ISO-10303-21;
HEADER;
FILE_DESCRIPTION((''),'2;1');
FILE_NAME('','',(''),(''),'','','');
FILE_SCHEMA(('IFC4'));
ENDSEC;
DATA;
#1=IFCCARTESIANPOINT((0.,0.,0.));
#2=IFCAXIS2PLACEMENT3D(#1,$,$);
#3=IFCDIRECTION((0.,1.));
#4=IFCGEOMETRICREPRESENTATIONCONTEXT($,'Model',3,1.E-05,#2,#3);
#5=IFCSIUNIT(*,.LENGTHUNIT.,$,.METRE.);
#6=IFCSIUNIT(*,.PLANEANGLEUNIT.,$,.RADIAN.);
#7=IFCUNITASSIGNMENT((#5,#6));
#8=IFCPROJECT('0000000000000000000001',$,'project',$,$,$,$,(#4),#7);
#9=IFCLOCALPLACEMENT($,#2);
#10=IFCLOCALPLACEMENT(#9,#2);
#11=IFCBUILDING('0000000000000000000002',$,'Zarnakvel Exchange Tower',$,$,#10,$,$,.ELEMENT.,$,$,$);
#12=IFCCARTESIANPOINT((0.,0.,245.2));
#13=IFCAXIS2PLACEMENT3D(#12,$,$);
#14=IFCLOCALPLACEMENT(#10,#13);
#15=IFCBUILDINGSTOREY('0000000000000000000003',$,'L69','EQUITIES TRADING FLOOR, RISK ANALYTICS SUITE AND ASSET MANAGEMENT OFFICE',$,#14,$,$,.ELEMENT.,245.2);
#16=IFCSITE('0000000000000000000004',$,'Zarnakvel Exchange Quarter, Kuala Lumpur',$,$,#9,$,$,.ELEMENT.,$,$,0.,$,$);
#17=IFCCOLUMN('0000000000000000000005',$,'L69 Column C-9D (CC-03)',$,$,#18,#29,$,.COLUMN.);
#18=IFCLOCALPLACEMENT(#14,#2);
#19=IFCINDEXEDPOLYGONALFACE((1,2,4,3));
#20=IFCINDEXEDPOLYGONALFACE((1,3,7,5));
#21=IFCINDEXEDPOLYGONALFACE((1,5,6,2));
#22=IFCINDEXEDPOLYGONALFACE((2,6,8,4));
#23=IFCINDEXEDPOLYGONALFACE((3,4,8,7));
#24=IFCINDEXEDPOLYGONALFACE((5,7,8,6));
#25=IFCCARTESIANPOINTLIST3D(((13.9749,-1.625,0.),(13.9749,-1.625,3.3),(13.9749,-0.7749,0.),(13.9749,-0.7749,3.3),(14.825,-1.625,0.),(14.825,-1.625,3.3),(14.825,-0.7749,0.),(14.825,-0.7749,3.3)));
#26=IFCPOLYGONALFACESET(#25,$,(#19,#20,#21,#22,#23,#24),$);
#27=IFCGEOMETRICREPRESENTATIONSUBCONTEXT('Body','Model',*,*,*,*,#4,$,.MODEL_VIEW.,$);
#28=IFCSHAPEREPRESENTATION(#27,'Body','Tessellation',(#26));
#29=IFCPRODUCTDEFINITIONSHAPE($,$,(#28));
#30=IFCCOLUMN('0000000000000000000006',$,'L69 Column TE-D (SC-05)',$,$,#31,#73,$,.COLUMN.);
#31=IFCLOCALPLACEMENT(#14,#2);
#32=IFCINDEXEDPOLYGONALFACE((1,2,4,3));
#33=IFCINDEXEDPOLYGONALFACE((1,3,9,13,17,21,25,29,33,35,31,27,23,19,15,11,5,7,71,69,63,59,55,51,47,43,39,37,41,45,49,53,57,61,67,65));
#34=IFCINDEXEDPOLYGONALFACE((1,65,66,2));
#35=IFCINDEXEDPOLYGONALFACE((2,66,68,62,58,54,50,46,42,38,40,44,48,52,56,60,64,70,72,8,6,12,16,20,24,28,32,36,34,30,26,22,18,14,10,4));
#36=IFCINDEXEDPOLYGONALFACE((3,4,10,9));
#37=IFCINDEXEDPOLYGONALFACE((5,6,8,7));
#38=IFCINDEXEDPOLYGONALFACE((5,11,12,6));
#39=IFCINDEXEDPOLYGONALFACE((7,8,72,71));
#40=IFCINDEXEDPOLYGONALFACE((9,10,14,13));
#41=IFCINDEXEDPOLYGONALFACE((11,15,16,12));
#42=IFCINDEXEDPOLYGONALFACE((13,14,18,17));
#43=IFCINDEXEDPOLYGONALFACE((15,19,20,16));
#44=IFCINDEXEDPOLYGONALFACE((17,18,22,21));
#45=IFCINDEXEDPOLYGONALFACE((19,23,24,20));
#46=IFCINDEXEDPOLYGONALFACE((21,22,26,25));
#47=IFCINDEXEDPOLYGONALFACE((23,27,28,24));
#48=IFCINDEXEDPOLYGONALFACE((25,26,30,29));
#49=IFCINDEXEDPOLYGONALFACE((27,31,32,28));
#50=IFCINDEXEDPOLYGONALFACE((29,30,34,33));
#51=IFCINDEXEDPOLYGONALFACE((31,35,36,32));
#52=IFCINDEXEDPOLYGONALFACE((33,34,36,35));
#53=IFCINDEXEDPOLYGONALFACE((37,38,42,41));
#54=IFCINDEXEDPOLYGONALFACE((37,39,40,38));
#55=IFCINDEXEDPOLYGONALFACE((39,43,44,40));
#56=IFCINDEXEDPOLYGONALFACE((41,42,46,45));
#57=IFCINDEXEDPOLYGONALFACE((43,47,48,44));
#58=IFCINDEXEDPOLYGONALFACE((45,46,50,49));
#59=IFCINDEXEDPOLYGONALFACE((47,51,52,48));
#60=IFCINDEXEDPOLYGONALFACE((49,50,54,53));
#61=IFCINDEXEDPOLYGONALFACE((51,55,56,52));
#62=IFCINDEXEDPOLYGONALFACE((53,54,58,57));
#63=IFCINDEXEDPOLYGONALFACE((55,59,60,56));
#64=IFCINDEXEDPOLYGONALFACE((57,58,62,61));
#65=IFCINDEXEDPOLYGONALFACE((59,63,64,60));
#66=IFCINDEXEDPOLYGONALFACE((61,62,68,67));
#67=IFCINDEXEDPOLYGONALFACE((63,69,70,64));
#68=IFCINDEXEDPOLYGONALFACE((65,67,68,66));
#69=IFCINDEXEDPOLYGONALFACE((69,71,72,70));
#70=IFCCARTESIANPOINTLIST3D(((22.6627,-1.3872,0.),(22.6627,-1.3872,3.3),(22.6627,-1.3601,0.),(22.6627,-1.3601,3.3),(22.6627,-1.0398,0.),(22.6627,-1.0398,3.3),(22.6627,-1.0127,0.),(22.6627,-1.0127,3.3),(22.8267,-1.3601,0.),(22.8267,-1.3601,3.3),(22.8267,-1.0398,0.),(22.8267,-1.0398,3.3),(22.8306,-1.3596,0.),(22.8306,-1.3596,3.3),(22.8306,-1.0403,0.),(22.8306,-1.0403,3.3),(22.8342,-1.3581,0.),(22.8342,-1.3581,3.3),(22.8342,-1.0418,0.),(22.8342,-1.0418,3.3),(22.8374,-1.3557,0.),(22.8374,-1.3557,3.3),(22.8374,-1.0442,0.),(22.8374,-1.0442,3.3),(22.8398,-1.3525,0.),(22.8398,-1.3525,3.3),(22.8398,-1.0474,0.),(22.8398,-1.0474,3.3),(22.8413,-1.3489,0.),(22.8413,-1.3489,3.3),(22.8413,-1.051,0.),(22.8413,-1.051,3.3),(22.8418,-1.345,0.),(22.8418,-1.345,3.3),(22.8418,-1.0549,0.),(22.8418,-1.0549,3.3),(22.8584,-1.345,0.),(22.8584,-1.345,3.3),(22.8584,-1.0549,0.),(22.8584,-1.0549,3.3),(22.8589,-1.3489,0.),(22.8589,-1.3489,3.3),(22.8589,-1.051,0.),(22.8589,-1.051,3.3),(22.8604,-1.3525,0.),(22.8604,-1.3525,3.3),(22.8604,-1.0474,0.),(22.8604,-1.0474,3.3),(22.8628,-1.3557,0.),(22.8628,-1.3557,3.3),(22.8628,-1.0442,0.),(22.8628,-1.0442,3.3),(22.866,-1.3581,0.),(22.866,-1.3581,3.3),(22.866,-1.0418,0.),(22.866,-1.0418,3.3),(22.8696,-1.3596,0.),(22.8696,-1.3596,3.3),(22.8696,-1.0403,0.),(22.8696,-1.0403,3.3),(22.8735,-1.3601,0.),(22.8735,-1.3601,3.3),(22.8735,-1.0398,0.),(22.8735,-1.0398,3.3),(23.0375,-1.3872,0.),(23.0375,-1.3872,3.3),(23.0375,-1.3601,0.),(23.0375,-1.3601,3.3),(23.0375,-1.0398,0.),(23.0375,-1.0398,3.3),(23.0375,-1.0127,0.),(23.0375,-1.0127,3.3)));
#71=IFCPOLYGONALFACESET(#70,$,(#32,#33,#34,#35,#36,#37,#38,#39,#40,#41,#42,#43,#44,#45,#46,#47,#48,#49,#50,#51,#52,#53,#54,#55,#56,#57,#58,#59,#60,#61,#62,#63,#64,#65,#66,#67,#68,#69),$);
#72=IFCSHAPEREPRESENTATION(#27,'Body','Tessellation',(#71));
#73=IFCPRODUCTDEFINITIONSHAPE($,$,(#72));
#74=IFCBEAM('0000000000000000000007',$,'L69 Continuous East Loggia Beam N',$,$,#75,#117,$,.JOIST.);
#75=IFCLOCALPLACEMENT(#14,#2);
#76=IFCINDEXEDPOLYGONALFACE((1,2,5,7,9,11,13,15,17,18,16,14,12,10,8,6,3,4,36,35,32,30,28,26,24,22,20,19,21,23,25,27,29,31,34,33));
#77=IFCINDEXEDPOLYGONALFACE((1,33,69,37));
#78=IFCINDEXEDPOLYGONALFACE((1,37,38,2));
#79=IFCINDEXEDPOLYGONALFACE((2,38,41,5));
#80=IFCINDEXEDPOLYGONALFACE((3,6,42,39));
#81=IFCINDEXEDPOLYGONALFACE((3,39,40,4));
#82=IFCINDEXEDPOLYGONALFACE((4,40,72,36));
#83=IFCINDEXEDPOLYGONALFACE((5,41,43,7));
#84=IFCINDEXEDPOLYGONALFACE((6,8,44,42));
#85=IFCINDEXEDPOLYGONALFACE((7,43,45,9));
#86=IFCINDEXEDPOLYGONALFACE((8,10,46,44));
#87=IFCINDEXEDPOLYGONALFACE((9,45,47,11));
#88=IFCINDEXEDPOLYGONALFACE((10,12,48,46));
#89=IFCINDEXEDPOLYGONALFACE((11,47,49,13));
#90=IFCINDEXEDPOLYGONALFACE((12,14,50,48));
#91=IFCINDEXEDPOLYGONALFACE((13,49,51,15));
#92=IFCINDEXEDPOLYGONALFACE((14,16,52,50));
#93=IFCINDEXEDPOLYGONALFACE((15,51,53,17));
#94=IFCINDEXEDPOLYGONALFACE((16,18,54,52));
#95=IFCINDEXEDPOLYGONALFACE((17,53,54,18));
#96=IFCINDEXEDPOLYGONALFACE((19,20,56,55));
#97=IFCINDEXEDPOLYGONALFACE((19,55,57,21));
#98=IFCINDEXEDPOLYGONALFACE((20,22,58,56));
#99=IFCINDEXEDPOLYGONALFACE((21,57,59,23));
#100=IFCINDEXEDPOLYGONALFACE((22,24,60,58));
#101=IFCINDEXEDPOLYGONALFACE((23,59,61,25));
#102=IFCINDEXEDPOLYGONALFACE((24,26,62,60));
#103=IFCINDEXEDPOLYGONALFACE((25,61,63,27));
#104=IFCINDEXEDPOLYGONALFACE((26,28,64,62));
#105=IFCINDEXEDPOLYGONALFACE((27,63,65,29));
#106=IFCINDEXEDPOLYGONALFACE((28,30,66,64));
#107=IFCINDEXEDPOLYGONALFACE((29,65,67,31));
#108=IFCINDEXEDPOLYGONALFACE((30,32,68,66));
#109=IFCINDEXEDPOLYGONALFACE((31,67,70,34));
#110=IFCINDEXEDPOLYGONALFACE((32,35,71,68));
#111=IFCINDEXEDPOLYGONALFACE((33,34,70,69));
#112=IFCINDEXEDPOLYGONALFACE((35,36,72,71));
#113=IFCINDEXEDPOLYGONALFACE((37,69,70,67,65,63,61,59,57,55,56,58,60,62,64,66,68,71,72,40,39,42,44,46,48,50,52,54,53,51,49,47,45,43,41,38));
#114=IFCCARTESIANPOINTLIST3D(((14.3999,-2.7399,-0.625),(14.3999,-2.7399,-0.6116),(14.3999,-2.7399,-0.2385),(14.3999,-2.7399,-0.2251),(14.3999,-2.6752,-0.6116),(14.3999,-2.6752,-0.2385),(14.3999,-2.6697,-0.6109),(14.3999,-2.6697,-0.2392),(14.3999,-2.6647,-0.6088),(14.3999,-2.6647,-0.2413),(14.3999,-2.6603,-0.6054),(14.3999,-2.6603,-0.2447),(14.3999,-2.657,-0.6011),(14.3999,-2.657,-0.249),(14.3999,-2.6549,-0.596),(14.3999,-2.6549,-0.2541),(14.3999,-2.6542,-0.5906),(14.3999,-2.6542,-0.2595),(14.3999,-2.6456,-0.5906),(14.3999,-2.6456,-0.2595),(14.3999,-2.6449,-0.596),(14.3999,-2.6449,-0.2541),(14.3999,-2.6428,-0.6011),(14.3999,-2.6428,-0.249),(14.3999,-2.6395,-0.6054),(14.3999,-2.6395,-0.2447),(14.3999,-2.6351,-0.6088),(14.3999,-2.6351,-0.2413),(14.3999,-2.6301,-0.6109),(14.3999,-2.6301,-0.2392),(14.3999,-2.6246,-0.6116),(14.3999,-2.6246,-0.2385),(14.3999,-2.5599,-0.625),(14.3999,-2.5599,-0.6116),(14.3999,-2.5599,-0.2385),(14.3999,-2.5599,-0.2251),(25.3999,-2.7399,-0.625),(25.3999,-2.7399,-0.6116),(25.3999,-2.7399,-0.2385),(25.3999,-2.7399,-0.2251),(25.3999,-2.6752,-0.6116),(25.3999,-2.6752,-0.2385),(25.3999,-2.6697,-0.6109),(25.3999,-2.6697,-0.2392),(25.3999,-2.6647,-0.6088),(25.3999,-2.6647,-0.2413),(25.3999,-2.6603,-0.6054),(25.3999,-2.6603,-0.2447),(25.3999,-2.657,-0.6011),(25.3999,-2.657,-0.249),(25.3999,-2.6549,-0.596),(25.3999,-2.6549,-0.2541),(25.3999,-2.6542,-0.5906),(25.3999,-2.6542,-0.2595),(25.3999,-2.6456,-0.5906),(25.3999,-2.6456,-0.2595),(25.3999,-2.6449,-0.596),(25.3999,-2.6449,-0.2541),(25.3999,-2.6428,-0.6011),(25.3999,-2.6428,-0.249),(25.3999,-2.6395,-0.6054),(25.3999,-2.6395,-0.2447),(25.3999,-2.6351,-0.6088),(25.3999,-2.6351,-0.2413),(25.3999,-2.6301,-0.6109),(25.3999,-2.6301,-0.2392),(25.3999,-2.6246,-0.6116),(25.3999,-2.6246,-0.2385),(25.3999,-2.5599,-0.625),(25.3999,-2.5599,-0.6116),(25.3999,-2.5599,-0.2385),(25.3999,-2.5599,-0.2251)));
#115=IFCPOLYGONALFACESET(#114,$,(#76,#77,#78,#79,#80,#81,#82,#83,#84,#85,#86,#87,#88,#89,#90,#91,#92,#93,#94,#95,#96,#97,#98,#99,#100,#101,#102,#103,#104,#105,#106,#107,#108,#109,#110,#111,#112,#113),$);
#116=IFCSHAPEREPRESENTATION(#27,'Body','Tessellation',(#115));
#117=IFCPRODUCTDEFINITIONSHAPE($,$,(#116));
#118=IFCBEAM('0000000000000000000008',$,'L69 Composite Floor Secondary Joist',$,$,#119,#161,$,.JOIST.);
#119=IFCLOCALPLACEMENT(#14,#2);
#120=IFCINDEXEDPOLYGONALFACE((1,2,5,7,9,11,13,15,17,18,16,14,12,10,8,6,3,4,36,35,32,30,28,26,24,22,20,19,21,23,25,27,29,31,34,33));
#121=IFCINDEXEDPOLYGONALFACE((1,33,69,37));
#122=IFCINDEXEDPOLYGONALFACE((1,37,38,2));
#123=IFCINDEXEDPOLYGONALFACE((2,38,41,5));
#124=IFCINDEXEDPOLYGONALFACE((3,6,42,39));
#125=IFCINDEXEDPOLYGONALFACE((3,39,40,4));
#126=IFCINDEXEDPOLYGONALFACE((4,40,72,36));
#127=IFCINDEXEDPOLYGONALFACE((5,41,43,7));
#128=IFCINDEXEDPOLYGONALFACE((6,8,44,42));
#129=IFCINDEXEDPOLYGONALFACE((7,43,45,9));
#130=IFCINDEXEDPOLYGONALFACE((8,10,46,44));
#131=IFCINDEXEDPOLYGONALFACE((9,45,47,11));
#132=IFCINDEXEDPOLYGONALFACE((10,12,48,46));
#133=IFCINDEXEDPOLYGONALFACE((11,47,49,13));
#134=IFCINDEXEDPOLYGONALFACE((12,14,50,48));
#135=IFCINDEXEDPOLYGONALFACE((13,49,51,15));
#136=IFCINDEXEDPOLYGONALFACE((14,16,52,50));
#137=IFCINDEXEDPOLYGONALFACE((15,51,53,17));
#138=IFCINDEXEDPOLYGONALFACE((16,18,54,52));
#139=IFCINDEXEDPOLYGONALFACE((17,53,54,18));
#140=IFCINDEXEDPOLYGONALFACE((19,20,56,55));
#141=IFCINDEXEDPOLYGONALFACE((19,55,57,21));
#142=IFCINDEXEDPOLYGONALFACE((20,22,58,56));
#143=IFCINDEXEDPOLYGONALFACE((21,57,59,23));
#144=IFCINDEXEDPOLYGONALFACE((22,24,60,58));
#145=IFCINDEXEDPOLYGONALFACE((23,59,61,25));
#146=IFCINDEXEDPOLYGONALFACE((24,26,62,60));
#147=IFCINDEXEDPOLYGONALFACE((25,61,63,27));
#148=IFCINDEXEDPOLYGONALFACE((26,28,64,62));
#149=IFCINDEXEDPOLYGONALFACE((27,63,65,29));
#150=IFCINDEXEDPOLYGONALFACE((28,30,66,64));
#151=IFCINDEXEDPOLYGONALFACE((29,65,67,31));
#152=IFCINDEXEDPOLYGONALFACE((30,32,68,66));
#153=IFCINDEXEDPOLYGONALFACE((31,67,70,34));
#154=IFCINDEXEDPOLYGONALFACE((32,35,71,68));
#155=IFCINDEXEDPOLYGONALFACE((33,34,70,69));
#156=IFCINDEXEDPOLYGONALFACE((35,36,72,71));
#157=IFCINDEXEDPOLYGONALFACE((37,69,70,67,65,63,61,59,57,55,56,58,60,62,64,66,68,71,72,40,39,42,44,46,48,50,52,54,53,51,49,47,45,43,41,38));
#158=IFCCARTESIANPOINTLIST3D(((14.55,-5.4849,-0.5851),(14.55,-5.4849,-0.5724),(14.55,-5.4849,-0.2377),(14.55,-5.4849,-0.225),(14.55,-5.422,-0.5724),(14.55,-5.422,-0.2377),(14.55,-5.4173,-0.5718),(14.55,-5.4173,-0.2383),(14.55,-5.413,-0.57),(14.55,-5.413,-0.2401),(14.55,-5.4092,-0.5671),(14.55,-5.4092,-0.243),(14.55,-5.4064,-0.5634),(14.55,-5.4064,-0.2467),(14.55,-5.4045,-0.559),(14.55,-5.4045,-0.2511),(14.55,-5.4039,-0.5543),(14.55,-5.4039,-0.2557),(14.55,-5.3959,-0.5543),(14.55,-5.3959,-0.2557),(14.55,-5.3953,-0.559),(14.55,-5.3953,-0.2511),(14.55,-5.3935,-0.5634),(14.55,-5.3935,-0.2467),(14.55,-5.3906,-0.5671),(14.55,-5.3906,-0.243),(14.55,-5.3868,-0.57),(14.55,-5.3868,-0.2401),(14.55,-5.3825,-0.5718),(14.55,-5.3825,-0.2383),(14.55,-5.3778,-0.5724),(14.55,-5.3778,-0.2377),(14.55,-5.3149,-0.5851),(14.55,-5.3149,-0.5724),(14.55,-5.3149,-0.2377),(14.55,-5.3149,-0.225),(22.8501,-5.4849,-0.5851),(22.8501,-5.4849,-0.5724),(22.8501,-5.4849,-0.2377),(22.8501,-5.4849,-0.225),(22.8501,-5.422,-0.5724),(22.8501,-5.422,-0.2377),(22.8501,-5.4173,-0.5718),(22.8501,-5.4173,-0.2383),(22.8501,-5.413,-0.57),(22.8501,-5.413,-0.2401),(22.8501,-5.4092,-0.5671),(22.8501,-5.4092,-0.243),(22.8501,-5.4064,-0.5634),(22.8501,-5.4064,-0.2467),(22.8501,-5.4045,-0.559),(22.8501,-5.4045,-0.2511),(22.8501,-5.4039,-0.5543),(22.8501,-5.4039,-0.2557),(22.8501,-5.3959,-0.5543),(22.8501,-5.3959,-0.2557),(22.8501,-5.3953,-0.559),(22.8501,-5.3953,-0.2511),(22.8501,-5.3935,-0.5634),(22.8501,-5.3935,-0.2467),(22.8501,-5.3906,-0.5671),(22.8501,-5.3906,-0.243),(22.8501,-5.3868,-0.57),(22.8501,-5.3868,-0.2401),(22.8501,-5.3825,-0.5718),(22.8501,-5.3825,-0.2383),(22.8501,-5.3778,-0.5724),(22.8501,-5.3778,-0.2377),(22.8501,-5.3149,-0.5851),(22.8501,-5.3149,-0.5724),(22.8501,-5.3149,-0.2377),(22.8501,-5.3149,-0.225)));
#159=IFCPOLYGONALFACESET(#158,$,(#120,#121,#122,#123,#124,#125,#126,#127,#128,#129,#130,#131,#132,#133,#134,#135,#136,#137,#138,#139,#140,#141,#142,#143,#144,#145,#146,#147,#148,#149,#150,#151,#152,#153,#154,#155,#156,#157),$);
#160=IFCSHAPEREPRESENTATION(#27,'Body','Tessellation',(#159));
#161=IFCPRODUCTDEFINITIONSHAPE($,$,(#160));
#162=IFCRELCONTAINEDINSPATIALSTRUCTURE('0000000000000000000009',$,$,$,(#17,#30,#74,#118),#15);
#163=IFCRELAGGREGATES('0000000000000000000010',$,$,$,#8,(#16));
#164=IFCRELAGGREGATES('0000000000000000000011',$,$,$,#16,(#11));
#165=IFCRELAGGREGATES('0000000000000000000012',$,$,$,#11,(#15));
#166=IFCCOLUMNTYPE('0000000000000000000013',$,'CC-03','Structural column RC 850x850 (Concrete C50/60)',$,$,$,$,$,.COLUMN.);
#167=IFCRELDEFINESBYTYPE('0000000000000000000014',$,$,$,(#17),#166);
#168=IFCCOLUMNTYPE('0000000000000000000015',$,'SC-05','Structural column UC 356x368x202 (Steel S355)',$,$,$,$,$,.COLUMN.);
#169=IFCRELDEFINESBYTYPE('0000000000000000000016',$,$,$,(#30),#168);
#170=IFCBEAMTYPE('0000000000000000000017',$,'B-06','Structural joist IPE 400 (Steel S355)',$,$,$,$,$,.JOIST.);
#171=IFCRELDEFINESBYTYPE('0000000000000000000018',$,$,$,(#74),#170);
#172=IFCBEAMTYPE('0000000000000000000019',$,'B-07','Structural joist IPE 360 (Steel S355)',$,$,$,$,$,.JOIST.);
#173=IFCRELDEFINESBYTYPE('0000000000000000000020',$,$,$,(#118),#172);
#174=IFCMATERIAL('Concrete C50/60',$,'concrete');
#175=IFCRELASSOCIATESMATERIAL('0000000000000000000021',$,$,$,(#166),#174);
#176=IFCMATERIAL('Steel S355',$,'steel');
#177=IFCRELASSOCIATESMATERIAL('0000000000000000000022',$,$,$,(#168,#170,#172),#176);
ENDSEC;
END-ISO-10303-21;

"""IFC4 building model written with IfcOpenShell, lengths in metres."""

from ifc_helpers import new_model, si_unit, direction, frame, origin, origin_2d, place, context, subcontext, project, spatial, rectangle, i_section, extrude, material, material_profile, profile_set, type_object, element, save


model = new_model("IFC4")

# Units and contexts
model_context = context("Model", 3, precision=1e-05, world=origin(), true_north=direction((0.0, 1.0)))
body_context = subcontext(model_context, "Body", "Model", "MODEL_VIEW")
ifc_project = project(units=[si_unit("LENGTHUNIT", "METRE"), si_unit("PLANEANGLEUNIT", "RADIAN")], contexts=[model_context])

# Site, building, storey
site_placement = place(None, origin())
site = spatial("IfcSite", under=ifc_project, at=site_placement, Name="Zarnakvel Exchange Quarter, Kuala Lumpur", CompositionType="ELEMENT", RefElevation=0.0)
building_placement = place(site_placement, origin())
building = spatial("IfcBuilding", under=site, at=building_placement, Name="Zarnakvel Exchange Tower", CompositionType="ELEMENT")
storey_placement = place(building_placement, frame((0.0, 0.0, 245.2)))
storey = spatial("IfcBuildingStorey", under=building, at=storey_placement, Name="L69", Description="EQUITIES TRADING FLOOR, RISK ANALYTICS SUITE AND ASSET MANAGEMENT OFFICE", CompositionType="ELEMENT", Elevation=245.2)

# Columns
ifc_material_1 = material(Name="Concrete C50/60", Category="concrete")
ifc_material_profile_1 = material_profile(ifc_material_1, rectangle(XDim=0.8501, YDim=0.8501, at=origin_2d()))
ifc_profile_set_1 = profile_set([ifc_material_profile_1], Name="Concrete C50/60")
column_type_1 = type_object("IfcColumnType", Name="CC-03", Description="Structural column RC 850x850 (Concrete C50/60)", PredefinedType="COLUMN", material=ifc_profile_set_1)
column_1_placement = place(storey_placement, frame((14.3999, -1.2, 0.0), z_axis=(0.0, 0.0, 1.0), x_axis=(1.0, 0.0, 0.0)))
element("IfcColumn", 1, at=column_1_placement, inside=storey, type_object=column_type_1, Name="L69 Column C-9D (CC-03)", PredefinedType="COLUMN", context=body_context, shape_type="SweptSolid", body=[
    extrude(rectangle(XDim=0.8501, YDim=0.8501, at=origin_2d()), origin(), (0.0, 0.0, 1.0), 3.3),
])
ifc_material_2 = material(Name="Steel S355", Category="steel")
ifc_material_profile_2 = material_profile(ifc_material_2, i_section(OverallWidth=0.3748, OverallDepth=0.3745, WebThickness=0.0166, FlangeThickness=0.0271, FilletRadius=0.0151, at=origin_2d()))
ifc_profile_set_2 = profile_set([ifc_material_profile_2], Name="Steel S355")
column_type_2 = type_object("IfcColumnType", Name="SC-05", Description="Structural column UC 356x368x202 (Steel S355)", PredefinedType="COLUMN", material=ifc_profile_set_2)
column_2_placement = place(storey_placement, frame((22.8501, -1.2, 0.0), z_axis=(0.0, 0.0, 1.0), x_axis=(1.0, 0.0, 0.0)))
element("IfcColumn", 2, at=column_2_placement, inside=storey, type_object=column_type_2, Name="L69 Column TE-D (SC-05)", PredefinedType="COLUMN", context=body_context, shape_type="SweptSolid", body=[
    extrude(i_section(OverallWidth=0.3748, OverallDepth=0.3745, WebThickness=0.0166, FlangeThickness=0.0271, FilletRadius=0.0151, at=origin_2d()), origin(), (0.0, 0.0, 1.0), 3.3),
])

# Beams
ifc_material_profile_3 = material_profile(ifc_material_2, i_section(OverallWidth=0.1799, OverallDepth=0.3999, WebThickness=0.0085, FlangeThickness=0.0134, FilletRadius=0.021, at=origin_2d()))
ifc_profile_set_3 = profile_set([ifc_material_profile_3], Name="Steel S355")
beam_type_1 = type_object("IfcBeamType", Name="B-06", Description="Structural joist IPE 400 (Steel S355)", PredefinedType="JOIST", material=ifc_profile_set_3)
beam_1_placement = place(storey_placement, frame((14.3999, -2.6499, -0.425), z_axis=(1.0, 0.0, 0.0), x_axis=(0.0, 1.0, 0.0)))
element("IfcBeam", 3, at=beam_1_placement, inside=storey, type_object=beam_type_1, Name="L69 Continuous East Loggia Beam N", PredefinedType="JOIST", context=body_context, shape_type="SweptSolid", body=[
    extrude(i_section(OverallWidth=0.1799, OverallDepth=0.3999, WebThickness=0.0085, FlangeThickness=0.0134, FilletRadius=0.021, at=origin_2d()), origin(), (0.0, 0.0, 1.0), 11.0),
])
ifc_material_profile_4 = material_profile(ifc_material_2, i_section(OverallWidth=0.1699, OverallDepth=0.3601, WebThickness=0.0081, FlangeThickness=0.0127, FilletRadius=0.0181, at=origin_2d()))
ifc_profile_set_4 = profile_set([ifc_material_profile_4], Name="Steel S355")
beam_type_2 = type_object("IfcBeamType", Name="B-07", Description="Structural joist IPE 360 (Steel S355)", PredefinedType="JOIST", material=ifc_profile_set_4)
beam_2_placement = place(storey_placement, frame((14.55, -5.3999, -0.405), z_axis=(1.0, 0.0, 0.0), x_axis=(0.0, 1.0, 0.0)))
element("IfcBeam", 4, at=beam_2_placement, inside=storey, type_object=beam_type_2, Name="L69 Composite Floor Secondary Joist", PredefinedType="JOIST", context=body_context, shape_type="SweptSolid", body=[
    extrude(i_section(OverallWidth=0.1699, OverallDepth=0.3601, WebThickness=0.0081, FlangeThickness=0.0127, FilletRadius=0.0181, at=origin_2d()), origin(), (0.0, 0.0, 1.0), 8.3),
])

save(model, "model.ifc")
